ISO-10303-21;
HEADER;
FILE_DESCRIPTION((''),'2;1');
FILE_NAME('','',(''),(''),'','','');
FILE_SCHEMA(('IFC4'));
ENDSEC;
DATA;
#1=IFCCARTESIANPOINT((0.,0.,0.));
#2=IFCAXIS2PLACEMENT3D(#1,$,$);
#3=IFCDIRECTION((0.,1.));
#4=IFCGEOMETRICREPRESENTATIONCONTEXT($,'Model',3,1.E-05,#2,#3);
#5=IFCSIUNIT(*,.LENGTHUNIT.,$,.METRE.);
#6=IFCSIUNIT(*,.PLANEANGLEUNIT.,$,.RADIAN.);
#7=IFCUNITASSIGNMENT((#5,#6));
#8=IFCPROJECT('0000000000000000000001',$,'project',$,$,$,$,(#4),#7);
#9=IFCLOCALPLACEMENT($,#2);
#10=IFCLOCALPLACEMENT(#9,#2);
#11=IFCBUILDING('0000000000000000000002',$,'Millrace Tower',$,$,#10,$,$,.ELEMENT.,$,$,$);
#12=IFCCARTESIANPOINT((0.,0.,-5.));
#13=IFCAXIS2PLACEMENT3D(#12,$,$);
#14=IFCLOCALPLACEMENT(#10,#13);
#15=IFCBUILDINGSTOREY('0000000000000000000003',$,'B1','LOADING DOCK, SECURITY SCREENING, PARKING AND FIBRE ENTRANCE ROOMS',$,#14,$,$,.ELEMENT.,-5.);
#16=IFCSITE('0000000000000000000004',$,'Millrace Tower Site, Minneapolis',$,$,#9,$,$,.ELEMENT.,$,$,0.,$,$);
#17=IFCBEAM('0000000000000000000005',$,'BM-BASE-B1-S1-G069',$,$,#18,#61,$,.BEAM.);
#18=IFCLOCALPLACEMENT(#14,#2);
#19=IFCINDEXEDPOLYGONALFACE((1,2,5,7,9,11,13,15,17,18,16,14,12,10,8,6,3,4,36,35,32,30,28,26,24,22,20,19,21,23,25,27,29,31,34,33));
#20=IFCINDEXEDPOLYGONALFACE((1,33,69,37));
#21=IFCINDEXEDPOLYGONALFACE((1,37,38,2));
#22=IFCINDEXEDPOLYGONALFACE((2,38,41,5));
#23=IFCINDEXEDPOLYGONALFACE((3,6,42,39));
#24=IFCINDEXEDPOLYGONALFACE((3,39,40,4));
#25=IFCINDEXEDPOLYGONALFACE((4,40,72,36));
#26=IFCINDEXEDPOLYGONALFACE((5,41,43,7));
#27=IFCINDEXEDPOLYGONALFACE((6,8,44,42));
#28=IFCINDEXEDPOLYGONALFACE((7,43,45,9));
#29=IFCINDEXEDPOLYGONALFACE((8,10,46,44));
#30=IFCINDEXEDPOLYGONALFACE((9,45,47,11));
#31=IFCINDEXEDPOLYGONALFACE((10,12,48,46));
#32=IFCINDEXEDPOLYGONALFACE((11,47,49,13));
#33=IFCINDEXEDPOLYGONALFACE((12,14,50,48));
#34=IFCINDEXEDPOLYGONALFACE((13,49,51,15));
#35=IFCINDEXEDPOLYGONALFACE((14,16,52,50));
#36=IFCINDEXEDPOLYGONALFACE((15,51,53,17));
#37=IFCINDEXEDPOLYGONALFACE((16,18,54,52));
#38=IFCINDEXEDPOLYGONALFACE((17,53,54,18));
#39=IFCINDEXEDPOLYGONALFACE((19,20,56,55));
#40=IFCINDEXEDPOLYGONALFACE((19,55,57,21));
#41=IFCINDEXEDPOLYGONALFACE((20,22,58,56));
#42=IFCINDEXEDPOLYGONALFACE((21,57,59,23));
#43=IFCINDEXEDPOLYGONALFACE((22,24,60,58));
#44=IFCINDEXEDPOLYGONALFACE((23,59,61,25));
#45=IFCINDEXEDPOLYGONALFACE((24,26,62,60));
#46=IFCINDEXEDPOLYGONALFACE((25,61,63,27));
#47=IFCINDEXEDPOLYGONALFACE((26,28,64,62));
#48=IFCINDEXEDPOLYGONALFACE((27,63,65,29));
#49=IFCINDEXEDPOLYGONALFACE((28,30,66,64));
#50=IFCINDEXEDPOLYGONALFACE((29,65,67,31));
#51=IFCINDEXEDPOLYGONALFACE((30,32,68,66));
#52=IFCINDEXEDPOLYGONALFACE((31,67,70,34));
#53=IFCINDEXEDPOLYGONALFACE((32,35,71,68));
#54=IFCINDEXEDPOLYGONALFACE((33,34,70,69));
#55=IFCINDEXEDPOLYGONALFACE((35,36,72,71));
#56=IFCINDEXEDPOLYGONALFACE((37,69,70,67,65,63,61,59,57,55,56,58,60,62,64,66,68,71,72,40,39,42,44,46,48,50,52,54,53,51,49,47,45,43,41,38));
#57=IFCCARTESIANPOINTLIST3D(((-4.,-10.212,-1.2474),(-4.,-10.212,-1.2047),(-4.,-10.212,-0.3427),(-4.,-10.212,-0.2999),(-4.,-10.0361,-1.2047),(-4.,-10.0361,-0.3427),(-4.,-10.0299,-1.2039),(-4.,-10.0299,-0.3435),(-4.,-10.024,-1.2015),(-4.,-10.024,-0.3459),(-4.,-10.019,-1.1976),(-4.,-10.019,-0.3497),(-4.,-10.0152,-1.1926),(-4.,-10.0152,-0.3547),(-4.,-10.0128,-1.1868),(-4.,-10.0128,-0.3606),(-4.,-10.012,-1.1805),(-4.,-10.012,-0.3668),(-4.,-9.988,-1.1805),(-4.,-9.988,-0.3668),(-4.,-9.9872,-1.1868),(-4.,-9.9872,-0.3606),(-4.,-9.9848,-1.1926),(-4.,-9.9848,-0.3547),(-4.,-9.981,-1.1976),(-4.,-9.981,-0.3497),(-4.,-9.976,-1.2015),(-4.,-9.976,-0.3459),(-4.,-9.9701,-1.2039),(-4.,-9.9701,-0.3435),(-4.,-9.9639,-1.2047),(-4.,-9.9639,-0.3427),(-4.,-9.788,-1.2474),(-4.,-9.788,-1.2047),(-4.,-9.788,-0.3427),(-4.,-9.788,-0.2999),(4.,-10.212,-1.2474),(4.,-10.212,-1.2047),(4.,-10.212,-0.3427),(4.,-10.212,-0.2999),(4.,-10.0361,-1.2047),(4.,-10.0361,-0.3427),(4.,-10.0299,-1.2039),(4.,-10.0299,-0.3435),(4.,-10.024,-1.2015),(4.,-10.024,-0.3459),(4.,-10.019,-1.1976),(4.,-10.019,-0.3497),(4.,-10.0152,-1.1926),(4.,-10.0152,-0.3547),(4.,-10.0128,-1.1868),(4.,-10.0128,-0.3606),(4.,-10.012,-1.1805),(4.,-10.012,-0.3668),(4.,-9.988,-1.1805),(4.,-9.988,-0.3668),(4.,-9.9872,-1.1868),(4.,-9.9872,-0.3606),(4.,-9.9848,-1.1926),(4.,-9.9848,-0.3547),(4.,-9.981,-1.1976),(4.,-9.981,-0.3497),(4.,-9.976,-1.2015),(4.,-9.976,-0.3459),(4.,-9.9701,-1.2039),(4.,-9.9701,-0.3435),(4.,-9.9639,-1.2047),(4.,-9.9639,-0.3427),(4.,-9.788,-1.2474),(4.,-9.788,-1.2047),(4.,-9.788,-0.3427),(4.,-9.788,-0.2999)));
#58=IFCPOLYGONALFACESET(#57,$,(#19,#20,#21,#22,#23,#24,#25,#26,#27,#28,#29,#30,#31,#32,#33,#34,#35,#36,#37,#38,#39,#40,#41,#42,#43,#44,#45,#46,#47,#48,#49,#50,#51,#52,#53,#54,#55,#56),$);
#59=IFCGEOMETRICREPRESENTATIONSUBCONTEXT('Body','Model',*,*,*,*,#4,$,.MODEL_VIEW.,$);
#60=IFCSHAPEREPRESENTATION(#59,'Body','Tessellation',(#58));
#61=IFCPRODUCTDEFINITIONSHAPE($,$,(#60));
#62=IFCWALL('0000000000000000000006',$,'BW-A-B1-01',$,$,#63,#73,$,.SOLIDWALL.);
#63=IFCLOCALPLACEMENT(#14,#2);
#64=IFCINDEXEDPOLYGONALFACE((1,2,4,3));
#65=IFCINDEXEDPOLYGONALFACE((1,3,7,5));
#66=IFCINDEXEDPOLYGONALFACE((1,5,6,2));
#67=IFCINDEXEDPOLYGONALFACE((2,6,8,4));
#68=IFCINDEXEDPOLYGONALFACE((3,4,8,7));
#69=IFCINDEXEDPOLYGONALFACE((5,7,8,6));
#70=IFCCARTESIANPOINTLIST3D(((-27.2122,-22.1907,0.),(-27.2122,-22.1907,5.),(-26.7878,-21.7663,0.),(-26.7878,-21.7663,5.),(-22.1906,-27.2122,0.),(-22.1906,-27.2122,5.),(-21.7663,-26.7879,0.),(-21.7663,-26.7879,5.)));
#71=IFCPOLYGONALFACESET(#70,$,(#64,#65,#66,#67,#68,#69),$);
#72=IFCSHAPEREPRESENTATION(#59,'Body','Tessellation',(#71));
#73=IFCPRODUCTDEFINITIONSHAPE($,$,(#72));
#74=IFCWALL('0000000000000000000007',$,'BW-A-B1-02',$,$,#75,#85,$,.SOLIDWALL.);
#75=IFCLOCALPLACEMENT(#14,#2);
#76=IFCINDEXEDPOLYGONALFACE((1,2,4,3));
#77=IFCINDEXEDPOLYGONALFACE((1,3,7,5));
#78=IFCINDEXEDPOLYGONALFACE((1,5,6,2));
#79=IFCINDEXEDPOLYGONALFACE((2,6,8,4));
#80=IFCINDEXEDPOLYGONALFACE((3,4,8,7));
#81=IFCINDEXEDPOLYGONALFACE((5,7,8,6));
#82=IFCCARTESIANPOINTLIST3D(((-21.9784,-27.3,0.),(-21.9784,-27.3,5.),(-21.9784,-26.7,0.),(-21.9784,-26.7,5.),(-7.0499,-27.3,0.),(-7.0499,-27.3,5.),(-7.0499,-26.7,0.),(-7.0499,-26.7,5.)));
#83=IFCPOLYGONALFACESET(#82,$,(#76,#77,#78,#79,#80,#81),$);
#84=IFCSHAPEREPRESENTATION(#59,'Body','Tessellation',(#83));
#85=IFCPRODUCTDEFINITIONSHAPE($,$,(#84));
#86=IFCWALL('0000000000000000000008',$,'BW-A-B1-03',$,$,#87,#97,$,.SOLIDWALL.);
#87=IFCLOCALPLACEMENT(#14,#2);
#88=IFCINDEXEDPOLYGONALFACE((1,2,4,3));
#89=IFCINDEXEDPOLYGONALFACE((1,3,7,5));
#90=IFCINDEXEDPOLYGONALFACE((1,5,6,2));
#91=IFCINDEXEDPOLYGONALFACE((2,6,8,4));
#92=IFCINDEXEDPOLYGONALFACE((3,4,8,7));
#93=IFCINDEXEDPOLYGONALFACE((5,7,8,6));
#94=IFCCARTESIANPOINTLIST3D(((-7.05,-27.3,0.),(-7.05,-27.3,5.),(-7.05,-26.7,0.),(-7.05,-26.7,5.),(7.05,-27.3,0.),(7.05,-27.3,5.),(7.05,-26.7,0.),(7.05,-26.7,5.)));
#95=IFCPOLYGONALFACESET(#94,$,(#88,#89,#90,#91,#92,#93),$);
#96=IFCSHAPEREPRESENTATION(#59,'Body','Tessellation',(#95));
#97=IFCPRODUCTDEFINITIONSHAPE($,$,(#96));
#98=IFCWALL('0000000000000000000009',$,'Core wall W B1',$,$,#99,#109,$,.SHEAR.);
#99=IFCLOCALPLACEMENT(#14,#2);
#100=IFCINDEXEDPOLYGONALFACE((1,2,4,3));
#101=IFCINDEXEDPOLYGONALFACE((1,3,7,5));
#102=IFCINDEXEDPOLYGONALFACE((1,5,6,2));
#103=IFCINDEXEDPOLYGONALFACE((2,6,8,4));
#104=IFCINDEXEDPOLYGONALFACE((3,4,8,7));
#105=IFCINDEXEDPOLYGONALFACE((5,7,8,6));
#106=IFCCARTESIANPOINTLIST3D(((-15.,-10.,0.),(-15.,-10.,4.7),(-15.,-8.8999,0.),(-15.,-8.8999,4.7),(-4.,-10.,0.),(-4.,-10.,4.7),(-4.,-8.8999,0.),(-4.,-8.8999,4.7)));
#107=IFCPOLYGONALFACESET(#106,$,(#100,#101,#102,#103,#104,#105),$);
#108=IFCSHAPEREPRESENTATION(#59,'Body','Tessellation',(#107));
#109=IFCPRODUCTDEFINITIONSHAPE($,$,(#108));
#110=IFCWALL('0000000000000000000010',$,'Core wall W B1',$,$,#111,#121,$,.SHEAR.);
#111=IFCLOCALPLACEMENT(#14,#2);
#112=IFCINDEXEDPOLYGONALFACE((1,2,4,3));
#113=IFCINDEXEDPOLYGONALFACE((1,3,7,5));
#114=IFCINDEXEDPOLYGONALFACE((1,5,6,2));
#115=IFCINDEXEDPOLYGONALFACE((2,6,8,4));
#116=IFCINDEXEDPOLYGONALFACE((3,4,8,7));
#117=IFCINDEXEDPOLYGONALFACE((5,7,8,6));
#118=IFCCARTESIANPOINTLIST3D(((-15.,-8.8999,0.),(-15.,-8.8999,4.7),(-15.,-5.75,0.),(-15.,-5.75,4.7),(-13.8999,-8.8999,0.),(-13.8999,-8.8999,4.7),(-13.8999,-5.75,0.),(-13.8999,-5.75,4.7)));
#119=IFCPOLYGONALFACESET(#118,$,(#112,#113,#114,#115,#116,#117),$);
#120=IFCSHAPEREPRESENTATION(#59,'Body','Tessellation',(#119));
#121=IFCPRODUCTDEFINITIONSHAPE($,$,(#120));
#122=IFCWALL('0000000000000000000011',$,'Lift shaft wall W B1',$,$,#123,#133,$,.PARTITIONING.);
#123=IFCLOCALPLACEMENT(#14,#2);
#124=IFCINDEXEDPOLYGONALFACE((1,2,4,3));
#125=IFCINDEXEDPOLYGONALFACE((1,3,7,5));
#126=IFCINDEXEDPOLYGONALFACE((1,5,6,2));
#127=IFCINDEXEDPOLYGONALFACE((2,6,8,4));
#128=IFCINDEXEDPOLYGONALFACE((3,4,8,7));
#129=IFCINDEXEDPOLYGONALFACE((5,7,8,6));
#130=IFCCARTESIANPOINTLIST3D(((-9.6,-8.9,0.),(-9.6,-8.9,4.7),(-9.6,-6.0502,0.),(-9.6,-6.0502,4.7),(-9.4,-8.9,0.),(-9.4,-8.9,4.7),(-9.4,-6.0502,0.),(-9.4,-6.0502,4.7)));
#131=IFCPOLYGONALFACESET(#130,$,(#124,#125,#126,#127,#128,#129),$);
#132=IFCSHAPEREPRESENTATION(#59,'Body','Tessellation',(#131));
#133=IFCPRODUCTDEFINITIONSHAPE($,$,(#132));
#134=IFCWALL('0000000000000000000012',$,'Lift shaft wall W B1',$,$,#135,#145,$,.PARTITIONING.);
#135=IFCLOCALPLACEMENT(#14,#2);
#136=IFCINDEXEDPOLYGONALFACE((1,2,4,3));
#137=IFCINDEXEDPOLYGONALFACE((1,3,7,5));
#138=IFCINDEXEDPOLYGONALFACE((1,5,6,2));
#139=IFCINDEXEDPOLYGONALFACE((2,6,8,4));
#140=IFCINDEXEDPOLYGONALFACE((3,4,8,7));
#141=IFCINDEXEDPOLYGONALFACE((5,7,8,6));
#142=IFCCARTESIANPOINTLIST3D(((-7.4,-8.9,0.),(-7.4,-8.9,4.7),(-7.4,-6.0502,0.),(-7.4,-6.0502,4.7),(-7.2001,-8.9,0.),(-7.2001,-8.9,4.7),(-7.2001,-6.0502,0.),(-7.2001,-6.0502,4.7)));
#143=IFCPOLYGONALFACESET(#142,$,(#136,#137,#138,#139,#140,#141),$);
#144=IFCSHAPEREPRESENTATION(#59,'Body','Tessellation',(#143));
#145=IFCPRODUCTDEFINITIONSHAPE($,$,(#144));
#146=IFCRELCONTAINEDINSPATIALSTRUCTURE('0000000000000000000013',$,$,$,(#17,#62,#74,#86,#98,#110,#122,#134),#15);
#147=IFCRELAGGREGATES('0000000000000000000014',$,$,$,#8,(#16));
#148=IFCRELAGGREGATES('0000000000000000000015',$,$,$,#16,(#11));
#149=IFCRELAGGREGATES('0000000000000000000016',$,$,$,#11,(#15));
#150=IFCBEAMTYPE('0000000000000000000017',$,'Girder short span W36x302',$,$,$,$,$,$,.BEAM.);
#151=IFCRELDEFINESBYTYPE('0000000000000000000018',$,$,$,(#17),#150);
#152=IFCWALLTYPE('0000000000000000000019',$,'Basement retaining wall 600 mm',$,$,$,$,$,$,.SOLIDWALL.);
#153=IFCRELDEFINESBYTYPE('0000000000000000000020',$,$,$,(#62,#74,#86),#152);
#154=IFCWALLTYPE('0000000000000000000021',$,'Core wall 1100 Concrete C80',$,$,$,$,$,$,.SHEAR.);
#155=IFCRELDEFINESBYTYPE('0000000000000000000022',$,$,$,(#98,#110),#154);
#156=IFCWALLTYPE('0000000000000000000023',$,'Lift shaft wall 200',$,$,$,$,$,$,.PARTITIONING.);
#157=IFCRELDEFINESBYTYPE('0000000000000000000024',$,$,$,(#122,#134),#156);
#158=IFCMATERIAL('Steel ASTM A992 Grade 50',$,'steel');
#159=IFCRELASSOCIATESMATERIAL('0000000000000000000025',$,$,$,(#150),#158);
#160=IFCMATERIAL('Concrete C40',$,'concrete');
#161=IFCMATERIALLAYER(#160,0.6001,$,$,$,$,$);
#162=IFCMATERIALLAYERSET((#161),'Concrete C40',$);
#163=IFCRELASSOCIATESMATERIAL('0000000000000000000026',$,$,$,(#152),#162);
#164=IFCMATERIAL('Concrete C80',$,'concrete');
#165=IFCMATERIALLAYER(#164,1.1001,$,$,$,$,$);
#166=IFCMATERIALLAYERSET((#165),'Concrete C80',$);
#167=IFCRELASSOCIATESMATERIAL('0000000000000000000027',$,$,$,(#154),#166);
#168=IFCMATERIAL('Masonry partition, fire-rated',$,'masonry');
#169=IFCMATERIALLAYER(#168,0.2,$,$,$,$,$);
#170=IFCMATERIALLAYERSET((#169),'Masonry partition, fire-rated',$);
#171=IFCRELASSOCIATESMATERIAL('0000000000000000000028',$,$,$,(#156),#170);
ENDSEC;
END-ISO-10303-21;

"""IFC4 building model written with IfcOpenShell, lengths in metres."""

from ifc_helpers import new_model, si_unit, direction, frame, frame_2d, origin, origin_2d, place, context, subcontext, project, spatial, rectangle, i_section, extrude, material, layer, layer_set, material_profile, profile_set, type_object, element, save


model = new_model("IFC4")

# Units and contexts
model_context = context("Model", 3, precision=1e-05, world=origin(), true_north=direction((0.0, 1.0)))
body_context = subcontext(model_context, "Body", "Model", "MODEL_VIEW")
ifc_project = project(units=[si_unit("LENGTHUNIT", "METRE"), si_unit("PLANEANGLEUNIT", "RADIAN")], contexts=[model_context])

# Site, building, storey
site_placement = place(None, origin())
site = spatial("IfcSite", under=ifc_project, at=site_placement, Name="Millrace Tower Site, Minneapolis", CompositionType="ELEMENT", RefElevation=0.0)
building_placement = place(site_placement, origin())
building = spatial("IfcBuilding", under=site, at=building_placement, Name="Millrace Tower", CompositionType="ELEMENT")
storey_placement = place(building_placement, frame((0.0, 0.0, -5.0)))
storey = spatial("IfcBuildingStorey", under=building, at=storey_placement, Name="B1", Description="LOADING DOCK, SECURITY SCREENING, PARKING AND FIBRE ENTRANCE ROOMS", CompositionType="ELEMENT", Elevation=-5.0)

# Shared definitions
placement = place(storey_placement, frame((-7.05, -27.0, 0.0), z_axis=(0.0, 0.0, 1.0), x_axis=(1.0, 0.0, 0.0)))

# Beam
ifc_material_1 = material(Name="Steel ASTM A992 Grade 50", Category="steel")
ifc_material_profile_1 = material_profile(ifc_material_1, i_section(OverallWidth=0.4241, OverallDepth=0.9475, WebThickness=0.0239, FlangeThickness=0.0427, FilletRadius=0.0242, at=origin_2d()))
ifc_profile_set_1 = profile_set([ifc_material_profile_1], Name="Steel ASTM A992 Grade 50")
beam_type_1 = type_object("IfcBeamType", Name="Girder short span W36x302", PredefinedType="BEAM", material=ifc_profile_set_1)
beam_1_placement = place(storey_placement, frame((-4.0, -10.0, -0.7737), z_axis=(1.0, 0.0, 0.0), x_axis=(0.0, 1.0, 0.0)))
element("IfcBeam", 1, at=beam_1_placement, inside=storey, type_object=beam_type_1, Name="BM-BASE-B1-S1-G069", PredefinedType="BEAM", context=body_context, shape_type="SweptSolid", body=[
    extrude(i_section(OverallWidth=0.4241, OverallDepth=0.9475, WebThickness=0.0239, FlangeThickness=0.0427, FilletRadius=0.0242, at=origin_2d()), origin(), (0.0, 0.0, 1.0), 8.0),
])

# Walls
ifc_material_2 = material(Name="Concrete C40", Category="concrete")
ifc_layer_1 = layer(ifc_material_2, 0.6001)
ifc_layer_set_1 = layer_set([ifc_layer_1], Name="Concrete C40")
wall_type_1 = type_object("IfcWallType", Name="Basement retaining wall 600 mm", PredefinedType="SOLIDWALL", material=ifc_layer_set_1)
wall_1_placement = place(storey_placement, frame((-27.0, -21.9785, 0.0), z_axis=(0.0, 0.0, 1.0), x_axis=(0.707107, -0.707107, 0.0)))
element("IfcWall", 2, at=wall_1_placement, inside=storey, type_object=wall_type_1, Name="BW-A-B1-01", PredefinedType="SOLIDWALL", context=body_context, shape_type="SweptSolid", body=[
    extrude(rectangle(XDim=7.1016, YDim=0.6001, at=frame_2d((3.5508, 0.0))), origin(), (0.0, 0.0, 1.0), 5.0),
])
wall_2_placement = place(storey_placement, frame((-21.9785, -27.0, 0.0), z_axis=(0.0, 0.0, 1.0), x_axis=(1.0, 0.0, 0.0)))
element("IfcWall", 3, at=wall_2_placement, inside=storey, type_object=wall_type_1, Name="BW-A-B1-02", PredefinedType="SOLIDWALL", context=body_context, shape_type="SweptSolid", body=[
    extrude(rectangle(XDim=14.9285, YDim=0.6001, at=frame_2d((7.4644, 0.0))), origin(), (0.0, 0.0, 1.0), 5.0),
])
element("IfcWall", 4, at=placement, inside=storey, type_object=wall_type_1, Name="BW-A-B1-03", PredefinedType="SOLIDWALL", context=body_context, shape_type="SweptSolid", body=[
    extrude(rectangle(XDim=14.1001, YDim=0.6001, at=frame_2d((7.05, 0.0))), origin(), (0.0, 0.0, 1.0), 5.0),
])
ifc_material_3 = material(Name="Concrete C80", Category="concrete")
ifc_layer_2 = layer(ifc_material_3, 1.1001)
ifc_layer_set_2 = layer_set([ifc_layer_2], Name="Concrete C80")
wall_type_2 = type_object("IfcWallType", Name="Core wall 1100 Concrete C80", PredefinedType="SHEAR", material=ifc_layer_set_2)
wall_3_placement = place(storey_placement, frame((-15.0, -9.45, 0.0), z_axis=(0.0, 0.0, 1.0), x_axis=(1.0, 0.0, 0.0)))
element("IfcWall", 5, at=wall_3_placement, inside=storey, type_object=wall_type_2, Name="Core wall W B1", PredefinedType="SHEAR", context=body_context, shape_type="SweptSolid", body=[
    extrude(rectangle(XDim=11.0, YDim=1.1001, at=frame_2d((5.5, 0.0))), origin(), (0.0, 0.0, 1.0), 4.7),
])
wall_4_placement = place(storey_placement, frame((-14.45, -8.8999, 0.0), z_axis=(0.0, 0.0, 1.0), x_axis=(0.0, 1.0, 0.0)))
element("IfcWall", 6, at=wall_4_placement, inside=storey, type_object=wall_type_2, Name="Core wall W B1", PredefinedType="SHEAR", context=body_context, shape_type="SweptSolid", body=[
    extrude(rectangle(XDim=3.1499, YDim=1.1001, at=frame_2d((1.575, 0.0))), origin(), (0.0, 0.0, 1.0), 4.7),
])
ifc_material_4 = material(Name="Masonry partition, fire-rated", Category="masonry")
ifc_layer_3 = layer(ifc_material_4, 0.2)
ifc_layer_set_3 = layer_set([ifc_layer_3], Name="Masonry partition, fire-rated")
wall_type_3 = type_object("IfcWallType", Name="Lift shaft wall 200", PredefinedType="PARTITIONING", material=ifc_layer_set_3)
for number, where, z_axis, x_axis, name in (
    (7, (-9.5, -8.8999, 0.0), (0.0, 0.0, 1.0), (0.0, 1.0, 0.0), "Lift shaft wall W B1"),
    (8, (-7.3, -8.8999, 0.0), (0.0, 0.0, 1.0), (0.0, 1.0, 0.0), "Lift shaft wall W B1"),
):
    element("IfcWall", number, at=place(storey_placement, frame(where, z_axis=z_axis, x_axis=x_axis)), inside=storey, type_object=wall_type_3, Name=name, PredefinedType="PARTITIONING", context=body_context, shape_type="SweptSolid", body=[
        extrude(rectangle(XDim=2.8499, YDim=0.2, at=frame_2d((1.4248, 0.0))), origin(), (0.0, 0.0, 1.0), 4.7),
    ])

save(model, "model.ifc")
